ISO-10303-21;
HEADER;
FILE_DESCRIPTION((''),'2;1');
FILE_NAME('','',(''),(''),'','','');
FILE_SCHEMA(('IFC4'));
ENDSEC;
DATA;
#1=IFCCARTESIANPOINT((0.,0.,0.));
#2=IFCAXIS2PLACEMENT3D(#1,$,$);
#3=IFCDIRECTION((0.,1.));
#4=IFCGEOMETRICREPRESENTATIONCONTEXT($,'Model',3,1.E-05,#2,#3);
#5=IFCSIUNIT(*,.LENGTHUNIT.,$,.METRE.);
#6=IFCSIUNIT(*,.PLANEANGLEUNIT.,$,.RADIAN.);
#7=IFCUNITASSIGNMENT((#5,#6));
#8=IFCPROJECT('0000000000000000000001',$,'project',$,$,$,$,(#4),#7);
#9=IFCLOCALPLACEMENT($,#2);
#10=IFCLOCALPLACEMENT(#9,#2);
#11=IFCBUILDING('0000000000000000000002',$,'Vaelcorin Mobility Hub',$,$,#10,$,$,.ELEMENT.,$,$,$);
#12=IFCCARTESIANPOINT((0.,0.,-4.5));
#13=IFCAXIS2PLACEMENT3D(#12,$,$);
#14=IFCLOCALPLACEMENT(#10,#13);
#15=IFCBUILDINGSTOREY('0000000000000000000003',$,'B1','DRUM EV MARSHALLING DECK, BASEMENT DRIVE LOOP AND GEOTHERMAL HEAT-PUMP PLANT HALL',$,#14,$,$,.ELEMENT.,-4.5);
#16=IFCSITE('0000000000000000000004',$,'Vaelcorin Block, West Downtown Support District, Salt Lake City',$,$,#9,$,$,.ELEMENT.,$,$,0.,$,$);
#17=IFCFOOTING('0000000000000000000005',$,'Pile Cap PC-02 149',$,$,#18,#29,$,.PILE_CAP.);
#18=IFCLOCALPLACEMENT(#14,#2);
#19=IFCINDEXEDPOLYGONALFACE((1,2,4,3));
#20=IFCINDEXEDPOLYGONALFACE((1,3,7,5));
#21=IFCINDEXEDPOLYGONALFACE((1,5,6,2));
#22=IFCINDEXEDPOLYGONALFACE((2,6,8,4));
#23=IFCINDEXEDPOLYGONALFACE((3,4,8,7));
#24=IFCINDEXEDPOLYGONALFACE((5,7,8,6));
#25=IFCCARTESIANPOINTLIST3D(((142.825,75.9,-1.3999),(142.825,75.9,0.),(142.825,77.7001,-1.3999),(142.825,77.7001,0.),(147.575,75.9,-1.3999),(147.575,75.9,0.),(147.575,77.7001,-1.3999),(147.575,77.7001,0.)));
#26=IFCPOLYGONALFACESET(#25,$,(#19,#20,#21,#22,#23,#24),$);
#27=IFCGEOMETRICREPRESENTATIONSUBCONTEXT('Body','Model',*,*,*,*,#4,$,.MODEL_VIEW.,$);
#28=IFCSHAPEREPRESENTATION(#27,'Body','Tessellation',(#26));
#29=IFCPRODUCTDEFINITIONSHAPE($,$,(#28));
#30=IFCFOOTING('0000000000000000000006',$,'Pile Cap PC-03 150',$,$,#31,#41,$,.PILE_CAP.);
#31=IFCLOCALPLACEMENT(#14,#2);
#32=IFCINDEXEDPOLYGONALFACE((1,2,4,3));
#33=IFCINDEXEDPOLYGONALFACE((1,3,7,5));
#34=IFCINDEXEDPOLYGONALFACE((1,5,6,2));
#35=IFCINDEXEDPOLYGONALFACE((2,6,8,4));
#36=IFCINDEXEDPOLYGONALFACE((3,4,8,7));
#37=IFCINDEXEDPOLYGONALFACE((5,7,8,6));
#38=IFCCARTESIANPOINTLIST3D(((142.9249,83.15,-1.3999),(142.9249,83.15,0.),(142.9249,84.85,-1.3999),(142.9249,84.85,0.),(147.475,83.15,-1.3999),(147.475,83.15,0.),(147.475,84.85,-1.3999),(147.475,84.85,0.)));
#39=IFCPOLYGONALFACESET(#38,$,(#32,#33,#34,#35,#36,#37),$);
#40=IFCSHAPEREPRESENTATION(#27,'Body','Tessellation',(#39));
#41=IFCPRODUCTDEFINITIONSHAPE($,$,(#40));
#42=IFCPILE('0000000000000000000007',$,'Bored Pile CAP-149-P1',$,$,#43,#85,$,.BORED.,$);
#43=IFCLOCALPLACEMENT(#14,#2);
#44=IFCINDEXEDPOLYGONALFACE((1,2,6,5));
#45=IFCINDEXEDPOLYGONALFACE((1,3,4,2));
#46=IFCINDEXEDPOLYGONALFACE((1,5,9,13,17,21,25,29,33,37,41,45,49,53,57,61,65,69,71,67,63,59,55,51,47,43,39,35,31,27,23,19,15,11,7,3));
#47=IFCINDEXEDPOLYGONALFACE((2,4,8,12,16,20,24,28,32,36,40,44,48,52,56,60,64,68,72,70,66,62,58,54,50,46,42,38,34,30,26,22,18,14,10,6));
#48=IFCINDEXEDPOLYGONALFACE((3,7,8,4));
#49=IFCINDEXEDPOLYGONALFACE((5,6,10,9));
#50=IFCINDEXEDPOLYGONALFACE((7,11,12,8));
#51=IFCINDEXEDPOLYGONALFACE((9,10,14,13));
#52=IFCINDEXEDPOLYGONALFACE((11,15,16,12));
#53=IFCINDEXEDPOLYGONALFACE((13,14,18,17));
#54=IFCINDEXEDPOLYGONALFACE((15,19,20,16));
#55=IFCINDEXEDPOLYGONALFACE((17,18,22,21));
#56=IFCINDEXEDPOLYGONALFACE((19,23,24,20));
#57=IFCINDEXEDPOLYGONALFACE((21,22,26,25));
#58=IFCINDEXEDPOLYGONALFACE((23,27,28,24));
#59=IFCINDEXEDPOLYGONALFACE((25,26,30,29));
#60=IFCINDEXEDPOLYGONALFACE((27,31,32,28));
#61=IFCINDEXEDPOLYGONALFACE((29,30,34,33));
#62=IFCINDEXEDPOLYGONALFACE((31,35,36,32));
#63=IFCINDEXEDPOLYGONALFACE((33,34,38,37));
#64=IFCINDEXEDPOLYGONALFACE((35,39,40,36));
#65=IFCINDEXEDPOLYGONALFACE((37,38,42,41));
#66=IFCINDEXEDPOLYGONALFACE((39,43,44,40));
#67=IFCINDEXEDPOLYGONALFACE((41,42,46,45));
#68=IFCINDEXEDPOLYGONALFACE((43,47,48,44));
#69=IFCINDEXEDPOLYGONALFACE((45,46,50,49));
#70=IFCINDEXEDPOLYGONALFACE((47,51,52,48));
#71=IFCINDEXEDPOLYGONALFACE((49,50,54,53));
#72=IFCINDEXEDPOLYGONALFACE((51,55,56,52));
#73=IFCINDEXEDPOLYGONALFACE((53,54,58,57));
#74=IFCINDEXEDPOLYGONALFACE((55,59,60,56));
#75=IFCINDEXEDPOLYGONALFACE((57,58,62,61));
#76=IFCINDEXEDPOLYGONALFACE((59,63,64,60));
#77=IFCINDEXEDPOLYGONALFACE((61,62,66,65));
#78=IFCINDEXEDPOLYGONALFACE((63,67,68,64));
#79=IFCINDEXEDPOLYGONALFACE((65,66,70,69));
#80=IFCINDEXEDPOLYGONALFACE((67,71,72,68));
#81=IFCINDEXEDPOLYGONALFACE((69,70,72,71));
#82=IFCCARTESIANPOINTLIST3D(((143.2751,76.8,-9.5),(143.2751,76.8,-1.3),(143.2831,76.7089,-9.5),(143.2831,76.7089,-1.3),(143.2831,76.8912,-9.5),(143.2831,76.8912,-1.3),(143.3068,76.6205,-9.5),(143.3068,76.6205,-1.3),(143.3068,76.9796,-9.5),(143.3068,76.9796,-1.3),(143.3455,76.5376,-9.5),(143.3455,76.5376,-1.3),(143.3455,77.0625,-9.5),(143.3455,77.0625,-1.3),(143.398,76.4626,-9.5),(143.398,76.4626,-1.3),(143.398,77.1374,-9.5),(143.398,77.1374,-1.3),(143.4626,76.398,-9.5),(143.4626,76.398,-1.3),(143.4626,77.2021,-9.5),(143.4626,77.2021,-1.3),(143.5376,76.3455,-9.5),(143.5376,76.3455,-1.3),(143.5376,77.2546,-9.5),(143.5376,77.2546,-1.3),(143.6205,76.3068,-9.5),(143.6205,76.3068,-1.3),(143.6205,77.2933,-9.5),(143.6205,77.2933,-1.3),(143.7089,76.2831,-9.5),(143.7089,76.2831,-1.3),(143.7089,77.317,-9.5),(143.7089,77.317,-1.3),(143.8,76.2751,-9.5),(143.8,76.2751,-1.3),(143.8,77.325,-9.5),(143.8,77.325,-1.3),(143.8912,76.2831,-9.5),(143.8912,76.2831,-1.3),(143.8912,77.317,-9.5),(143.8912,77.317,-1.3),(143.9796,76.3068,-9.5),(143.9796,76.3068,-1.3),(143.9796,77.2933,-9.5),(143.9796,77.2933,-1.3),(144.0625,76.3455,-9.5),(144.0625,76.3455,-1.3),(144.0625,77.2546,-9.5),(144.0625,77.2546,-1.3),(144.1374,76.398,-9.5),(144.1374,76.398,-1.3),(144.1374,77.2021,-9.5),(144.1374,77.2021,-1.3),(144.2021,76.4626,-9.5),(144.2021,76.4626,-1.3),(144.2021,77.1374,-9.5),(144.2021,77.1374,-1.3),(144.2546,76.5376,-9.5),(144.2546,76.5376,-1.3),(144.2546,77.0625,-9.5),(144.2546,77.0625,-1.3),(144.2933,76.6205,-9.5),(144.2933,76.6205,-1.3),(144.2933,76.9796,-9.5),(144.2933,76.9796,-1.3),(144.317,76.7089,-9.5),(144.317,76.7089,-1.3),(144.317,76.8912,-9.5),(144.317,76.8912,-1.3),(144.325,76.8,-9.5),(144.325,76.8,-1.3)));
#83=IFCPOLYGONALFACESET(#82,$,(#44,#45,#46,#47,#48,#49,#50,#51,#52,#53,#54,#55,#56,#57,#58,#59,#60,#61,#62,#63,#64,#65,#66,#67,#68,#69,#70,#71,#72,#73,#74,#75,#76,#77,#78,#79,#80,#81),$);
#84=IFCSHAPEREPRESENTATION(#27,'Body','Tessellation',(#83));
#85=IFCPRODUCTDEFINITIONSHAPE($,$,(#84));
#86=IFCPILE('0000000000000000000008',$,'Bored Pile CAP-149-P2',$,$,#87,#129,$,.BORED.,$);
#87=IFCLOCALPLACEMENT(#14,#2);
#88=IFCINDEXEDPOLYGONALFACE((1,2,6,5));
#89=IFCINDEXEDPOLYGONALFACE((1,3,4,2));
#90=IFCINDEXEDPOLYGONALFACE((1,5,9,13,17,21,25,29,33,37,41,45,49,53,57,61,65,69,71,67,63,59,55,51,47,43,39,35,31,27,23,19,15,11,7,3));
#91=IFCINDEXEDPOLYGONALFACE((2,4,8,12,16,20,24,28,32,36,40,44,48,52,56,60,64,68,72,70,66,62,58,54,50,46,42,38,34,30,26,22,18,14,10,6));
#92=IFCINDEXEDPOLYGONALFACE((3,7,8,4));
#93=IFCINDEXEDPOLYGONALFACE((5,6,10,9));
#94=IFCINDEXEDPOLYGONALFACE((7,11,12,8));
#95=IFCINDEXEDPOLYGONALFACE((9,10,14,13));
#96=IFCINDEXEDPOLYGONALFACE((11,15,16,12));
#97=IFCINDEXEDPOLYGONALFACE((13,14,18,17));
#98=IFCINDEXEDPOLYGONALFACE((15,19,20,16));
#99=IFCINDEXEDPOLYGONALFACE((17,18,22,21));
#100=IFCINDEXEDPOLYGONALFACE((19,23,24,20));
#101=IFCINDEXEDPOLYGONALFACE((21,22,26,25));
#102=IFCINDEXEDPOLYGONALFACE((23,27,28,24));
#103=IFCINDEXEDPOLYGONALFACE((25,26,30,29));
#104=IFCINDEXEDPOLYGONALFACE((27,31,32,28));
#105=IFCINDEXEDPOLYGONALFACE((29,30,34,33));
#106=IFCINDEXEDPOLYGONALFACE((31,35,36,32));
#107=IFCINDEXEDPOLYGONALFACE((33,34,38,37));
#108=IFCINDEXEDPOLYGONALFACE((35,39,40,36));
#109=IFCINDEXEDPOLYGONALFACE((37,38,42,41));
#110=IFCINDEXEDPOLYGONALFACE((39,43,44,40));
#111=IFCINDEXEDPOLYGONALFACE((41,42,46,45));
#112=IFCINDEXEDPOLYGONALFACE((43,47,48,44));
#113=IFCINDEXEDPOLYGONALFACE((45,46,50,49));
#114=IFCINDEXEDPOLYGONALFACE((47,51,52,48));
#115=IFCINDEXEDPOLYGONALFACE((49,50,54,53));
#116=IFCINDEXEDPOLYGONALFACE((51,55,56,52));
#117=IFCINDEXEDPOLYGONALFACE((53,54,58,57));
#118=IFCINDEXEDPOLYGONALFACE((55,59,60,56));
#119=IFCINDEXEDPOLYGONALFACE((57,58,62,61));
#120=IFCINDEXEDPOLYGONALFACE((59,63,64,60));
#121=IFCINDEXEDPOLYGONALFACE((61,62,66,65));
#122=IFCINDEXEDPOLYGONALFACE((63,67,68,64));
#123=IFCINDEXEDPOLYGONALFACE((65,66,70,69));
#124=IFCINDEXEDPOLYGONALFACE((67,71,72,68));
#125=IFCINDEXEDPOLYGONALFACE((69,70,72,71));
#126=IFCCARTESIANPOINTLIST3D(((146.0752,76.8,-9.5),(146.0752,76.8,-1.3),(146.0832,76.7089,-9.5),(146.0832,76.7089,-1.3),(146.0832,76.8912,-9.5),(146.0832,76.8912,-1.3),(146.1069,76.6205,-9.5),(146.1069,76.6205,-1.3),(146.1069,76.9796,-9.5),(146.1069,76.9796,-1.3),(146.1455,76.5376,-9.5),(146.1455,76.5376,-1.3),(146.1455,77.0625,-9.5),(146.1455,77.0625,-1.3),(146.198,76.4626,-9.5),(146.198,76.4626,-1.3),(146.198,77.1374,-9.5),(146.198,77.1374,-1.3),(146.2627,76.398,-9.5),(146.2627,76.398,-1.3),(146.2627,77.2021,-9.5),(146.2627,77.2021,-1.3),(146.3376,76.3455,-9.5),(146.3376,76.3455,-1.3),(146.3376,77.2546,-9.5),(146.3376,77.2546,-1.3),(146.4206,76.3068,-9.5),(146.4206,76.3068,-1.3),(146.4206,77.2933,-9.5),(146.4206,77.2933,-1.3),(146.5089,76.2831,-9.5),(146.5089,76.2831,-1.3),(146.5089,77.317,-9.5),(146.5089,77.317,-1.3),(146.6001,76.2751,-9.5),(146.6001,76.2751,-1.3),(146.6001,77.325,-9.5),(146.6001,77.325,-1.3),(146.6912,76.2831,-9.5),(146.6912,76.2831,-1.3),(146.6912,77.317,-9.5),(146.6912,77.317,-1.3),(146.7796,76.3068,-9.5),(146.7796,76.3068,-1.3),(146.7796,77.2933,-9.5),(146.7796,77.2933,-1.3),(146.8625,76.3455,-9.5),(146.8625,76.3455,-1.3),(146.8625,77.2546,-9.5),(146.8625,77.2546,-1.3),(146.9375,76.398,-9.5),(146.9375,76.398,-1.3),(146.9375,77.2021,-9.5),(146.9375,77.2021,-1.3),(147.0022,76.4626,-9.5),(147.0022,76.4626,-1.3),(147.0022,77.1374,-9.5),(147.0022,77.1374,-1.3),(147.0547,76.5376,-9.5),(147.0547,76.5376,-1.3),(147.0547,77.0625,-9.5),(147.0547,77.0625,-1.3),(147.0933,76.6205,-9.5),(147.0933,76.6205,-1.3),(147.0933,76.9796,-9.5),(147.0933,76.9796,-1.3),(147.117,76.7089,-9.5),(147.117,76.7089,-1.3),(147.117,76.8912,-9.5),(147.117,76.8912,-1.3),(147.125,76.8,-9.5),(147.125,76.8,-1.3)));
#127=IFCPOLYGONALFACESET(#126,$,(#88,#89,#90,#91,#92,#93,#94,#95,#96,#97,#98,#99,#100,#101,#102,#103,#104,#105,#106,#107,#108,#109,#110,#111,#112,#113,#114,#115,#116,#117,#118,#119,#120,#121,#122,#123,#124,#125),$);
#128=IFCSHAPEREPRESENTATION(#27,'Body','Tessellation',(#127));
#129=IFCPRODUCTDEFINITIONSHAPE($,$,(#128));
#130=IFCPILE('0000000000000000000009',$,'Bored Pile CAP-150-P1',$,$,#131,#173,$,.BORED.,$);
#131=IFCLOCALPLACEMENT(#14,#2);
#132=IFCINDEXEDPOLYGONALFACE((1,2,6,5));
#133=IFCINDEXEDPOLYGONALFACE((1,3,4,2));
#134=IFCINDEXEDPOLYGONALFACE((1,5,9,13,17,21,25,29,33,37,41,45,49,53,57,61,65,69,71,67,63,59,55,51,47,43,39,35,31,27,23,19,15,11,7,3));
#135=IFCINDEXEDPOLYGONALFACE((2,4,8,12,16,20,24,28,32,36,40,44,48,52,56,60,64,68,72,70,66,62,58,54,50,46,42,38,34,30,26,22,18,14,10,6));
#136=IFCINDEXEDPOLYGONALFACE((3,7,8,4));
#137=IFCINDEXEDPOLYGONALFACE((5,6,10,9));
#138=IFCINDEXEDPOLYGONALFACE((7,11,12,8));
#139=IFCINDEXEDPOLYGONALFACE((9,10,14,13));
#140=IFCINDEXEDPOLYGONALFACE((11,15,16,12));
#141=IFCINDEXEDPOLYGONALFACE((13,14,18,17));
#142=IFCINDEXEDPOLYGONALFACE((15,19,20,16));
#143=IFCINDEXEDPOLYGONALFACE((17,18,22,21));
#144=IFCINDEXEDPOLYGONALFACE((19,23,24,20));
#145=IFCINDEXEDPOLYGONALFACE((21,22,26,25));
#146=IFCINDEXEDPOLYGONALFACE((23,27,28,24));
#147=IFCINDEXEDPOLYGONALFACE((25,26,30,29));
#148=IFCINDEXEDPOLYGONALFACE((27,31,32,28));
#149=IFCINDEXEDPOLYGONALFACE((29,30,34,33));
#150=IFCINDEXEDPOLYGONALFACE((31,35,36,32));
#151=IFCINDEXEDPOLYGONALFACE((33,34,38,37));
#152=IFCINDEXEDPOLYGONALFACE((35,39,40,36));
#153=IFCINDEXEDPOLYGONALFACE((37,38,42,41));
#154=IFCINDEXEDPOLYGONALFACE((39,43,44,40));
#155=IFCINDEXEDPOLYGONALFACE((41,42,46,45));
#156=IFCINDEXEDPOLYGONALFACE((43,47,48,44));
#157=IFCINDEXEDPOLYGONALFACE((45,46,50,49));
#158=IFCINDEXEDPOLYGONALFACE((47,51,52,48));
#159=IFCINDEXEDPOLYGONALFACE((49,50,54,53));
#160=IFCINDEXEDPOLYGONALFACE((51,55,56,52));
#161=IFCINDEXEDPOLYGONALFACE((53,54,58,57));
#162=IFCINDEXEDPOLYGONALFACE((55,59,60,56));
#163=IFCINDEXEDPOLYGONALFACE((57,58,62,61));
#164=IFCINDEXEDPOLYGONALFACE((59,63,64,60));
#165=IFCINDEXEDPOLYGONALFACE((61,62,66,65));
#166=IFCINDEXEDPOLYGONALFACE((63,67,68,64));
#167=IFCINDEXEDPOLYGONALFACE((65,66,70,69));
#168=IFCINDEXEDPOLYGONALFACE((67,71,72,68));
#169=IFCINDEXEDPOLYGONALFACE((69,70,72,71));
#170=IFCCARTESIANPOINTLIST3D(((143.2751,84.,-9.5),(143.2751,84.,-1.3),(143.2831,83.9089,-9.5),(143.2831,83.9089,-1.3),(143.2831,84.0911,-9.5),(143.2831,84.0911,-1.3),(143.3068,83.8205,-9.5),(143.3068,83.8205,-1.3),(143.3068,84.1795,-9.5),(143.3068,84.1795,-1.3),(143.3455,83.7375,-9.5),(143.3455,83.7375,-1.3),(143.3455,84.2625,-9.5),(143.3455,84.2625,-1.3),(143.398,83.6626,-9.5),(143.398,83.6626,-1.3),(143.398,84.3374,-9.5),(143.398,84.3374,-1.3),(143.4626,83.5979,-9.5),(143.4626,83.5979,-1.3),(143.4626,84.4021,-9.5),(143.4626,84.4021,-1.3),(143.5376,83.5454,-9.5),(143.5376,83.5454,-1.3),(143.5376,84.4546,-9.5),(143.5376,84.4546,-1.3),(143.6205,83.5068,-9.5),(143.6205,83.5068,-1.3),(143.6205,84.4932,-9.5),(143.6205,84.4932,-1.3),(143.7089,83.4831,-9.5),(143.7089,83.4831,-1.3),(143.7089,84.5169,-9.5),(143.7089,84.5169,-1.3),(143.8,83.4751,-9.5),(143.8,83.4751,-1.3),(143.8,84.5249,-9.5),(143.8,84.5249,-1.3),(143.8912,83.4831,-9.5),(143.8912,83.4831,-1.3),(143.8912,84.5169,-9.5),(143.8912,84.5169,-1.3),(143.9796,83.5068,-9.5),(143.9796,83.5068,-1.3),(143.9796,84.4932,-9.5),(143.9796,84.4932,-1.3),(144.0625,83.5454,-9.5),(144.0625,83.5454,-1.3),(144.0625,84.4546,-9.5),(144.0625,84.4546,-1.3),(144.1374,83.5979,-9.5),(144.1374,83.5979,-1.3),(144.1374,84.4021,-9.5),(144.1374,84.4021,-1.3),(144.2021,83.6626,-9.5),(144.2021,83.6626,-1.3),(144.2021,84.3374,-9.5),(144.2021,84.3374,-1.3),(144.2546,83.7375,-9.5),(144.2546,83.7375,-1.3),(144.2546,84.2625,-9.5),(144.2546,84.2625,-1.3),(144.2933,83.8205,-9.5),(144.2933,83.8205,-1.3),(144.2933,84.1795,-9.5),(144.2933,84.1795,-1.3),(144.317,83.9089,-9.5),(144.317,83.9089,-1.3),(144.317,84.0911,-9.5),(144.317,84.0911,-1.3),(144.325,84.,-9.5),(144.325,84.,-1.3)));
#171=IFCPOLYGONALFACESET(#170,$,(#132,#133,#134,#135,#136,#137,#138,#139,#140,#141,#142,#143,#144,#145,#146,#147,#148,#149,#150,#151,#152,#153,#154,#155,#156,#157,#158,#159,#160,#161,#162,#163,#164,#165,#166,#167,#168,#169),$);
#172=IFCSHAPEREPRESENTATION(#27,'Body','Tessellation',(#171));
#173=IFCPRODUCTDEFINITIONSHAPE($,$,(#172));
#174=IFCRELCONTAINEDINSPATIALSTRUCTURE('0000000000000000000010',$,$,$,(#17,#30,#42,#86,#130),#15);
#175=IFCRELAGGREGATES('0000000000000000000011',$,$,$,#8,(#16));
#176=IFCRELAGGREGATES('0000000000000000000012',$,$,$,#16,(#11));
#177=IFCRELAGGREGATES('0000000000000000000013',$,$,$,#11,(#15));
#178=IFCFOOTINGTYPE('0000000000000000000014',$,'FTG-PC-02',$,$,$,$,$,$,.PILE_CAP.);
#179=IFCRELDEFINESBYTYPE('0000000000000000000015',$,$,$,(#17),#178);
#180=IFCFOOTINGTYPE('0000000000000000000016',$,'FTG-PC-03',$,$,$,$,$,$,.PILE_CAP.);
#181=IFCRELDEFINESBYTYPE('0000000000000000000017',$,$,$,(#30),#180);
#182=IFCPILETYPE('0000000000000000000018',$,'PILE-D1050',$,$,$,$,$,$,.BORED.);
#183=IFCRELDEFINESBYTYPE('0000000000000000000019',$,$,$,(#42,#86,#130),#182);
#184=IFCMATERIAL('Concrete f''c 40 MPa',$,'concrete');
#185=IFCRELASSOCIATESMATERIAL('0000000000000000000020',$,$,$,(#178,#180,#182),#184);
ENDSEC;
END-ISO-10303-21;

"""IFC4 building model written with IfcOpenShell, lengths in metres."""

from ifc_helpers import new_model, si_unit, direction, frame, origin, origin_2d, place, context, subcontext, project, spatial, rectangle, circle, extrude, material, material_profile, profile_set, type_object, element, save


model = new_model("IFC4")

# Units and contexts
model_context = context("Model", 3, precision=1e-05, world=origin(), true_north=direction((0.0, 1.0)))
body_context = subcontext(model_context, "Body", "Model", "MODEL_VIEW")
ifc_project = project(units=[si_unit("LENGTHUNIT", "METRE"), si_unit("PLANEANGLEUNIT", "RADIAN")], contexts=[model_context])

# Site, building, storey
site_placement = place(None, origin())
site = spatial("IfcSite", under=ifc_project, at=site_placement, Name="Vaelcorin Block, West Downtown Support District, Salt Lake City", CompositionType="ELEMENT", RefElevation=0.0)
building_placement = place(site_placement, origin())
building = spatial("IfcBuilding", under=site, at=building_placement, Name="Vaelcorin Mobility Hub", CompositionType="ELEMENT")
storey_placement = place(building_placement, frame((0.0, 0.0, -4.5)))
storey = spatial("IfcBuildingStorey", under=building, at=storey_placement, Name="B1", Description="DRUM EV MARSHALLING DECK, BASEMENT DRIVE LOOP AND GEOTHERMAL HEAT-PUMP PLANT HALL", CompositionType="ELEMENT", Elevation=-4.5)

# Footings
ifc_material_1 = material(Name="Concrete f'c 40 MPa", Category="concrete")
footing_type_1 = type_object("IfcFootingType", Name="FTG-PC-02", PredefinedType="PILE_CAP", material=ifc_material_1)
footing_1_placement = place(storey_placement, frame((145.2, 76.8, -1.3999), z_axis=(0.0, 0.0, 1.0), x_axis=(1.0, 0.0, 0.0)))
element("IfcFooting", 1, at=footing_1_placement, inside=storey, type_object=footing_type_1, Name="Pile Cap PC-02 149", PredefinedType="PILE_CAP", context=body_context, shape_type="SweptSolid", body=[
    extrude(rectangle(XDim=4.75, YDim=1.8, at=origin_2d()), origin(), (0.0, 0.0, 1.0), 1.3999),
])
footing_type_2 = type_object("IfcFootingType", Name="FTG-PC-03", PredefinedType="PILE_CAP", material=ifc_material_1)
footing_2_placement = place(storey_placement, frame((145.2, 84.0, -1.3999), z_axis=(0.0, 0.0, 1.0), x_axis=(1.0, 0.0, 0.0)))
element("IfcFooting", 2, at=footing_2_placement, inside=storey, type_object=footing_type_2, Name="Pile Cap PC-03 150", PredefinedType="PILE_CAP", context=body_context, shape_type="SweptSolid", body=[
    extrude(rectangle(XDim=4.55, YDim=1.7, at=origin_2d()), origin(), (0.0, 0.0, 1.0), 1.3999),
])

# Piles
ifc_material_profile_1 = material_profile(ifc_material_1, circle(Radius=0.5249, at=origin_2d()), Name="BP-D1050")
ifc_profile_set_1 = profile_set([ifc_material_profile_1], Name="Concrete f'c 40 MPa")
pile_type = type_object("IfcPileType", Name="PILE-D1050", PredefinedType="BORED", material=ifc_profile_set_1)
for number, where, z_axis, x_axis, name in (
    (3, (143.8, 76.8, -1.3), (0.0, 0.0, -1.0), (1.0, 0.0, 0.0), "Bored Pile CAP-149-P1"),
    (4, (146.6001, 76.8, -1.3), (0.0, 0.0, -1.0), (1.0, 0.0, 0.0), "Bored Pile CAP-149-P2"),
    (5, (143.8, 84.0, -1.3), (0.0, 0.0, -1.0), (1.0, 0.0, 0.0), "Bored Pile CAP-150-P1"),
):
    element("IfcPile", number, at=place(storey_placement, frame(where, z_axis=z_axis, x_axis=x_axis)), inside=storey, type_object=pile_type, Name=name, PredefinedType="BORED", context=body_context, shape_type="SweptSolid", body=[
        extrude(circle(Radius=0.5249, at=origin_2d()), origin(), (0.0, 0.0, 1.0), 8.2),
    ])

save(model, "model.ifc")
